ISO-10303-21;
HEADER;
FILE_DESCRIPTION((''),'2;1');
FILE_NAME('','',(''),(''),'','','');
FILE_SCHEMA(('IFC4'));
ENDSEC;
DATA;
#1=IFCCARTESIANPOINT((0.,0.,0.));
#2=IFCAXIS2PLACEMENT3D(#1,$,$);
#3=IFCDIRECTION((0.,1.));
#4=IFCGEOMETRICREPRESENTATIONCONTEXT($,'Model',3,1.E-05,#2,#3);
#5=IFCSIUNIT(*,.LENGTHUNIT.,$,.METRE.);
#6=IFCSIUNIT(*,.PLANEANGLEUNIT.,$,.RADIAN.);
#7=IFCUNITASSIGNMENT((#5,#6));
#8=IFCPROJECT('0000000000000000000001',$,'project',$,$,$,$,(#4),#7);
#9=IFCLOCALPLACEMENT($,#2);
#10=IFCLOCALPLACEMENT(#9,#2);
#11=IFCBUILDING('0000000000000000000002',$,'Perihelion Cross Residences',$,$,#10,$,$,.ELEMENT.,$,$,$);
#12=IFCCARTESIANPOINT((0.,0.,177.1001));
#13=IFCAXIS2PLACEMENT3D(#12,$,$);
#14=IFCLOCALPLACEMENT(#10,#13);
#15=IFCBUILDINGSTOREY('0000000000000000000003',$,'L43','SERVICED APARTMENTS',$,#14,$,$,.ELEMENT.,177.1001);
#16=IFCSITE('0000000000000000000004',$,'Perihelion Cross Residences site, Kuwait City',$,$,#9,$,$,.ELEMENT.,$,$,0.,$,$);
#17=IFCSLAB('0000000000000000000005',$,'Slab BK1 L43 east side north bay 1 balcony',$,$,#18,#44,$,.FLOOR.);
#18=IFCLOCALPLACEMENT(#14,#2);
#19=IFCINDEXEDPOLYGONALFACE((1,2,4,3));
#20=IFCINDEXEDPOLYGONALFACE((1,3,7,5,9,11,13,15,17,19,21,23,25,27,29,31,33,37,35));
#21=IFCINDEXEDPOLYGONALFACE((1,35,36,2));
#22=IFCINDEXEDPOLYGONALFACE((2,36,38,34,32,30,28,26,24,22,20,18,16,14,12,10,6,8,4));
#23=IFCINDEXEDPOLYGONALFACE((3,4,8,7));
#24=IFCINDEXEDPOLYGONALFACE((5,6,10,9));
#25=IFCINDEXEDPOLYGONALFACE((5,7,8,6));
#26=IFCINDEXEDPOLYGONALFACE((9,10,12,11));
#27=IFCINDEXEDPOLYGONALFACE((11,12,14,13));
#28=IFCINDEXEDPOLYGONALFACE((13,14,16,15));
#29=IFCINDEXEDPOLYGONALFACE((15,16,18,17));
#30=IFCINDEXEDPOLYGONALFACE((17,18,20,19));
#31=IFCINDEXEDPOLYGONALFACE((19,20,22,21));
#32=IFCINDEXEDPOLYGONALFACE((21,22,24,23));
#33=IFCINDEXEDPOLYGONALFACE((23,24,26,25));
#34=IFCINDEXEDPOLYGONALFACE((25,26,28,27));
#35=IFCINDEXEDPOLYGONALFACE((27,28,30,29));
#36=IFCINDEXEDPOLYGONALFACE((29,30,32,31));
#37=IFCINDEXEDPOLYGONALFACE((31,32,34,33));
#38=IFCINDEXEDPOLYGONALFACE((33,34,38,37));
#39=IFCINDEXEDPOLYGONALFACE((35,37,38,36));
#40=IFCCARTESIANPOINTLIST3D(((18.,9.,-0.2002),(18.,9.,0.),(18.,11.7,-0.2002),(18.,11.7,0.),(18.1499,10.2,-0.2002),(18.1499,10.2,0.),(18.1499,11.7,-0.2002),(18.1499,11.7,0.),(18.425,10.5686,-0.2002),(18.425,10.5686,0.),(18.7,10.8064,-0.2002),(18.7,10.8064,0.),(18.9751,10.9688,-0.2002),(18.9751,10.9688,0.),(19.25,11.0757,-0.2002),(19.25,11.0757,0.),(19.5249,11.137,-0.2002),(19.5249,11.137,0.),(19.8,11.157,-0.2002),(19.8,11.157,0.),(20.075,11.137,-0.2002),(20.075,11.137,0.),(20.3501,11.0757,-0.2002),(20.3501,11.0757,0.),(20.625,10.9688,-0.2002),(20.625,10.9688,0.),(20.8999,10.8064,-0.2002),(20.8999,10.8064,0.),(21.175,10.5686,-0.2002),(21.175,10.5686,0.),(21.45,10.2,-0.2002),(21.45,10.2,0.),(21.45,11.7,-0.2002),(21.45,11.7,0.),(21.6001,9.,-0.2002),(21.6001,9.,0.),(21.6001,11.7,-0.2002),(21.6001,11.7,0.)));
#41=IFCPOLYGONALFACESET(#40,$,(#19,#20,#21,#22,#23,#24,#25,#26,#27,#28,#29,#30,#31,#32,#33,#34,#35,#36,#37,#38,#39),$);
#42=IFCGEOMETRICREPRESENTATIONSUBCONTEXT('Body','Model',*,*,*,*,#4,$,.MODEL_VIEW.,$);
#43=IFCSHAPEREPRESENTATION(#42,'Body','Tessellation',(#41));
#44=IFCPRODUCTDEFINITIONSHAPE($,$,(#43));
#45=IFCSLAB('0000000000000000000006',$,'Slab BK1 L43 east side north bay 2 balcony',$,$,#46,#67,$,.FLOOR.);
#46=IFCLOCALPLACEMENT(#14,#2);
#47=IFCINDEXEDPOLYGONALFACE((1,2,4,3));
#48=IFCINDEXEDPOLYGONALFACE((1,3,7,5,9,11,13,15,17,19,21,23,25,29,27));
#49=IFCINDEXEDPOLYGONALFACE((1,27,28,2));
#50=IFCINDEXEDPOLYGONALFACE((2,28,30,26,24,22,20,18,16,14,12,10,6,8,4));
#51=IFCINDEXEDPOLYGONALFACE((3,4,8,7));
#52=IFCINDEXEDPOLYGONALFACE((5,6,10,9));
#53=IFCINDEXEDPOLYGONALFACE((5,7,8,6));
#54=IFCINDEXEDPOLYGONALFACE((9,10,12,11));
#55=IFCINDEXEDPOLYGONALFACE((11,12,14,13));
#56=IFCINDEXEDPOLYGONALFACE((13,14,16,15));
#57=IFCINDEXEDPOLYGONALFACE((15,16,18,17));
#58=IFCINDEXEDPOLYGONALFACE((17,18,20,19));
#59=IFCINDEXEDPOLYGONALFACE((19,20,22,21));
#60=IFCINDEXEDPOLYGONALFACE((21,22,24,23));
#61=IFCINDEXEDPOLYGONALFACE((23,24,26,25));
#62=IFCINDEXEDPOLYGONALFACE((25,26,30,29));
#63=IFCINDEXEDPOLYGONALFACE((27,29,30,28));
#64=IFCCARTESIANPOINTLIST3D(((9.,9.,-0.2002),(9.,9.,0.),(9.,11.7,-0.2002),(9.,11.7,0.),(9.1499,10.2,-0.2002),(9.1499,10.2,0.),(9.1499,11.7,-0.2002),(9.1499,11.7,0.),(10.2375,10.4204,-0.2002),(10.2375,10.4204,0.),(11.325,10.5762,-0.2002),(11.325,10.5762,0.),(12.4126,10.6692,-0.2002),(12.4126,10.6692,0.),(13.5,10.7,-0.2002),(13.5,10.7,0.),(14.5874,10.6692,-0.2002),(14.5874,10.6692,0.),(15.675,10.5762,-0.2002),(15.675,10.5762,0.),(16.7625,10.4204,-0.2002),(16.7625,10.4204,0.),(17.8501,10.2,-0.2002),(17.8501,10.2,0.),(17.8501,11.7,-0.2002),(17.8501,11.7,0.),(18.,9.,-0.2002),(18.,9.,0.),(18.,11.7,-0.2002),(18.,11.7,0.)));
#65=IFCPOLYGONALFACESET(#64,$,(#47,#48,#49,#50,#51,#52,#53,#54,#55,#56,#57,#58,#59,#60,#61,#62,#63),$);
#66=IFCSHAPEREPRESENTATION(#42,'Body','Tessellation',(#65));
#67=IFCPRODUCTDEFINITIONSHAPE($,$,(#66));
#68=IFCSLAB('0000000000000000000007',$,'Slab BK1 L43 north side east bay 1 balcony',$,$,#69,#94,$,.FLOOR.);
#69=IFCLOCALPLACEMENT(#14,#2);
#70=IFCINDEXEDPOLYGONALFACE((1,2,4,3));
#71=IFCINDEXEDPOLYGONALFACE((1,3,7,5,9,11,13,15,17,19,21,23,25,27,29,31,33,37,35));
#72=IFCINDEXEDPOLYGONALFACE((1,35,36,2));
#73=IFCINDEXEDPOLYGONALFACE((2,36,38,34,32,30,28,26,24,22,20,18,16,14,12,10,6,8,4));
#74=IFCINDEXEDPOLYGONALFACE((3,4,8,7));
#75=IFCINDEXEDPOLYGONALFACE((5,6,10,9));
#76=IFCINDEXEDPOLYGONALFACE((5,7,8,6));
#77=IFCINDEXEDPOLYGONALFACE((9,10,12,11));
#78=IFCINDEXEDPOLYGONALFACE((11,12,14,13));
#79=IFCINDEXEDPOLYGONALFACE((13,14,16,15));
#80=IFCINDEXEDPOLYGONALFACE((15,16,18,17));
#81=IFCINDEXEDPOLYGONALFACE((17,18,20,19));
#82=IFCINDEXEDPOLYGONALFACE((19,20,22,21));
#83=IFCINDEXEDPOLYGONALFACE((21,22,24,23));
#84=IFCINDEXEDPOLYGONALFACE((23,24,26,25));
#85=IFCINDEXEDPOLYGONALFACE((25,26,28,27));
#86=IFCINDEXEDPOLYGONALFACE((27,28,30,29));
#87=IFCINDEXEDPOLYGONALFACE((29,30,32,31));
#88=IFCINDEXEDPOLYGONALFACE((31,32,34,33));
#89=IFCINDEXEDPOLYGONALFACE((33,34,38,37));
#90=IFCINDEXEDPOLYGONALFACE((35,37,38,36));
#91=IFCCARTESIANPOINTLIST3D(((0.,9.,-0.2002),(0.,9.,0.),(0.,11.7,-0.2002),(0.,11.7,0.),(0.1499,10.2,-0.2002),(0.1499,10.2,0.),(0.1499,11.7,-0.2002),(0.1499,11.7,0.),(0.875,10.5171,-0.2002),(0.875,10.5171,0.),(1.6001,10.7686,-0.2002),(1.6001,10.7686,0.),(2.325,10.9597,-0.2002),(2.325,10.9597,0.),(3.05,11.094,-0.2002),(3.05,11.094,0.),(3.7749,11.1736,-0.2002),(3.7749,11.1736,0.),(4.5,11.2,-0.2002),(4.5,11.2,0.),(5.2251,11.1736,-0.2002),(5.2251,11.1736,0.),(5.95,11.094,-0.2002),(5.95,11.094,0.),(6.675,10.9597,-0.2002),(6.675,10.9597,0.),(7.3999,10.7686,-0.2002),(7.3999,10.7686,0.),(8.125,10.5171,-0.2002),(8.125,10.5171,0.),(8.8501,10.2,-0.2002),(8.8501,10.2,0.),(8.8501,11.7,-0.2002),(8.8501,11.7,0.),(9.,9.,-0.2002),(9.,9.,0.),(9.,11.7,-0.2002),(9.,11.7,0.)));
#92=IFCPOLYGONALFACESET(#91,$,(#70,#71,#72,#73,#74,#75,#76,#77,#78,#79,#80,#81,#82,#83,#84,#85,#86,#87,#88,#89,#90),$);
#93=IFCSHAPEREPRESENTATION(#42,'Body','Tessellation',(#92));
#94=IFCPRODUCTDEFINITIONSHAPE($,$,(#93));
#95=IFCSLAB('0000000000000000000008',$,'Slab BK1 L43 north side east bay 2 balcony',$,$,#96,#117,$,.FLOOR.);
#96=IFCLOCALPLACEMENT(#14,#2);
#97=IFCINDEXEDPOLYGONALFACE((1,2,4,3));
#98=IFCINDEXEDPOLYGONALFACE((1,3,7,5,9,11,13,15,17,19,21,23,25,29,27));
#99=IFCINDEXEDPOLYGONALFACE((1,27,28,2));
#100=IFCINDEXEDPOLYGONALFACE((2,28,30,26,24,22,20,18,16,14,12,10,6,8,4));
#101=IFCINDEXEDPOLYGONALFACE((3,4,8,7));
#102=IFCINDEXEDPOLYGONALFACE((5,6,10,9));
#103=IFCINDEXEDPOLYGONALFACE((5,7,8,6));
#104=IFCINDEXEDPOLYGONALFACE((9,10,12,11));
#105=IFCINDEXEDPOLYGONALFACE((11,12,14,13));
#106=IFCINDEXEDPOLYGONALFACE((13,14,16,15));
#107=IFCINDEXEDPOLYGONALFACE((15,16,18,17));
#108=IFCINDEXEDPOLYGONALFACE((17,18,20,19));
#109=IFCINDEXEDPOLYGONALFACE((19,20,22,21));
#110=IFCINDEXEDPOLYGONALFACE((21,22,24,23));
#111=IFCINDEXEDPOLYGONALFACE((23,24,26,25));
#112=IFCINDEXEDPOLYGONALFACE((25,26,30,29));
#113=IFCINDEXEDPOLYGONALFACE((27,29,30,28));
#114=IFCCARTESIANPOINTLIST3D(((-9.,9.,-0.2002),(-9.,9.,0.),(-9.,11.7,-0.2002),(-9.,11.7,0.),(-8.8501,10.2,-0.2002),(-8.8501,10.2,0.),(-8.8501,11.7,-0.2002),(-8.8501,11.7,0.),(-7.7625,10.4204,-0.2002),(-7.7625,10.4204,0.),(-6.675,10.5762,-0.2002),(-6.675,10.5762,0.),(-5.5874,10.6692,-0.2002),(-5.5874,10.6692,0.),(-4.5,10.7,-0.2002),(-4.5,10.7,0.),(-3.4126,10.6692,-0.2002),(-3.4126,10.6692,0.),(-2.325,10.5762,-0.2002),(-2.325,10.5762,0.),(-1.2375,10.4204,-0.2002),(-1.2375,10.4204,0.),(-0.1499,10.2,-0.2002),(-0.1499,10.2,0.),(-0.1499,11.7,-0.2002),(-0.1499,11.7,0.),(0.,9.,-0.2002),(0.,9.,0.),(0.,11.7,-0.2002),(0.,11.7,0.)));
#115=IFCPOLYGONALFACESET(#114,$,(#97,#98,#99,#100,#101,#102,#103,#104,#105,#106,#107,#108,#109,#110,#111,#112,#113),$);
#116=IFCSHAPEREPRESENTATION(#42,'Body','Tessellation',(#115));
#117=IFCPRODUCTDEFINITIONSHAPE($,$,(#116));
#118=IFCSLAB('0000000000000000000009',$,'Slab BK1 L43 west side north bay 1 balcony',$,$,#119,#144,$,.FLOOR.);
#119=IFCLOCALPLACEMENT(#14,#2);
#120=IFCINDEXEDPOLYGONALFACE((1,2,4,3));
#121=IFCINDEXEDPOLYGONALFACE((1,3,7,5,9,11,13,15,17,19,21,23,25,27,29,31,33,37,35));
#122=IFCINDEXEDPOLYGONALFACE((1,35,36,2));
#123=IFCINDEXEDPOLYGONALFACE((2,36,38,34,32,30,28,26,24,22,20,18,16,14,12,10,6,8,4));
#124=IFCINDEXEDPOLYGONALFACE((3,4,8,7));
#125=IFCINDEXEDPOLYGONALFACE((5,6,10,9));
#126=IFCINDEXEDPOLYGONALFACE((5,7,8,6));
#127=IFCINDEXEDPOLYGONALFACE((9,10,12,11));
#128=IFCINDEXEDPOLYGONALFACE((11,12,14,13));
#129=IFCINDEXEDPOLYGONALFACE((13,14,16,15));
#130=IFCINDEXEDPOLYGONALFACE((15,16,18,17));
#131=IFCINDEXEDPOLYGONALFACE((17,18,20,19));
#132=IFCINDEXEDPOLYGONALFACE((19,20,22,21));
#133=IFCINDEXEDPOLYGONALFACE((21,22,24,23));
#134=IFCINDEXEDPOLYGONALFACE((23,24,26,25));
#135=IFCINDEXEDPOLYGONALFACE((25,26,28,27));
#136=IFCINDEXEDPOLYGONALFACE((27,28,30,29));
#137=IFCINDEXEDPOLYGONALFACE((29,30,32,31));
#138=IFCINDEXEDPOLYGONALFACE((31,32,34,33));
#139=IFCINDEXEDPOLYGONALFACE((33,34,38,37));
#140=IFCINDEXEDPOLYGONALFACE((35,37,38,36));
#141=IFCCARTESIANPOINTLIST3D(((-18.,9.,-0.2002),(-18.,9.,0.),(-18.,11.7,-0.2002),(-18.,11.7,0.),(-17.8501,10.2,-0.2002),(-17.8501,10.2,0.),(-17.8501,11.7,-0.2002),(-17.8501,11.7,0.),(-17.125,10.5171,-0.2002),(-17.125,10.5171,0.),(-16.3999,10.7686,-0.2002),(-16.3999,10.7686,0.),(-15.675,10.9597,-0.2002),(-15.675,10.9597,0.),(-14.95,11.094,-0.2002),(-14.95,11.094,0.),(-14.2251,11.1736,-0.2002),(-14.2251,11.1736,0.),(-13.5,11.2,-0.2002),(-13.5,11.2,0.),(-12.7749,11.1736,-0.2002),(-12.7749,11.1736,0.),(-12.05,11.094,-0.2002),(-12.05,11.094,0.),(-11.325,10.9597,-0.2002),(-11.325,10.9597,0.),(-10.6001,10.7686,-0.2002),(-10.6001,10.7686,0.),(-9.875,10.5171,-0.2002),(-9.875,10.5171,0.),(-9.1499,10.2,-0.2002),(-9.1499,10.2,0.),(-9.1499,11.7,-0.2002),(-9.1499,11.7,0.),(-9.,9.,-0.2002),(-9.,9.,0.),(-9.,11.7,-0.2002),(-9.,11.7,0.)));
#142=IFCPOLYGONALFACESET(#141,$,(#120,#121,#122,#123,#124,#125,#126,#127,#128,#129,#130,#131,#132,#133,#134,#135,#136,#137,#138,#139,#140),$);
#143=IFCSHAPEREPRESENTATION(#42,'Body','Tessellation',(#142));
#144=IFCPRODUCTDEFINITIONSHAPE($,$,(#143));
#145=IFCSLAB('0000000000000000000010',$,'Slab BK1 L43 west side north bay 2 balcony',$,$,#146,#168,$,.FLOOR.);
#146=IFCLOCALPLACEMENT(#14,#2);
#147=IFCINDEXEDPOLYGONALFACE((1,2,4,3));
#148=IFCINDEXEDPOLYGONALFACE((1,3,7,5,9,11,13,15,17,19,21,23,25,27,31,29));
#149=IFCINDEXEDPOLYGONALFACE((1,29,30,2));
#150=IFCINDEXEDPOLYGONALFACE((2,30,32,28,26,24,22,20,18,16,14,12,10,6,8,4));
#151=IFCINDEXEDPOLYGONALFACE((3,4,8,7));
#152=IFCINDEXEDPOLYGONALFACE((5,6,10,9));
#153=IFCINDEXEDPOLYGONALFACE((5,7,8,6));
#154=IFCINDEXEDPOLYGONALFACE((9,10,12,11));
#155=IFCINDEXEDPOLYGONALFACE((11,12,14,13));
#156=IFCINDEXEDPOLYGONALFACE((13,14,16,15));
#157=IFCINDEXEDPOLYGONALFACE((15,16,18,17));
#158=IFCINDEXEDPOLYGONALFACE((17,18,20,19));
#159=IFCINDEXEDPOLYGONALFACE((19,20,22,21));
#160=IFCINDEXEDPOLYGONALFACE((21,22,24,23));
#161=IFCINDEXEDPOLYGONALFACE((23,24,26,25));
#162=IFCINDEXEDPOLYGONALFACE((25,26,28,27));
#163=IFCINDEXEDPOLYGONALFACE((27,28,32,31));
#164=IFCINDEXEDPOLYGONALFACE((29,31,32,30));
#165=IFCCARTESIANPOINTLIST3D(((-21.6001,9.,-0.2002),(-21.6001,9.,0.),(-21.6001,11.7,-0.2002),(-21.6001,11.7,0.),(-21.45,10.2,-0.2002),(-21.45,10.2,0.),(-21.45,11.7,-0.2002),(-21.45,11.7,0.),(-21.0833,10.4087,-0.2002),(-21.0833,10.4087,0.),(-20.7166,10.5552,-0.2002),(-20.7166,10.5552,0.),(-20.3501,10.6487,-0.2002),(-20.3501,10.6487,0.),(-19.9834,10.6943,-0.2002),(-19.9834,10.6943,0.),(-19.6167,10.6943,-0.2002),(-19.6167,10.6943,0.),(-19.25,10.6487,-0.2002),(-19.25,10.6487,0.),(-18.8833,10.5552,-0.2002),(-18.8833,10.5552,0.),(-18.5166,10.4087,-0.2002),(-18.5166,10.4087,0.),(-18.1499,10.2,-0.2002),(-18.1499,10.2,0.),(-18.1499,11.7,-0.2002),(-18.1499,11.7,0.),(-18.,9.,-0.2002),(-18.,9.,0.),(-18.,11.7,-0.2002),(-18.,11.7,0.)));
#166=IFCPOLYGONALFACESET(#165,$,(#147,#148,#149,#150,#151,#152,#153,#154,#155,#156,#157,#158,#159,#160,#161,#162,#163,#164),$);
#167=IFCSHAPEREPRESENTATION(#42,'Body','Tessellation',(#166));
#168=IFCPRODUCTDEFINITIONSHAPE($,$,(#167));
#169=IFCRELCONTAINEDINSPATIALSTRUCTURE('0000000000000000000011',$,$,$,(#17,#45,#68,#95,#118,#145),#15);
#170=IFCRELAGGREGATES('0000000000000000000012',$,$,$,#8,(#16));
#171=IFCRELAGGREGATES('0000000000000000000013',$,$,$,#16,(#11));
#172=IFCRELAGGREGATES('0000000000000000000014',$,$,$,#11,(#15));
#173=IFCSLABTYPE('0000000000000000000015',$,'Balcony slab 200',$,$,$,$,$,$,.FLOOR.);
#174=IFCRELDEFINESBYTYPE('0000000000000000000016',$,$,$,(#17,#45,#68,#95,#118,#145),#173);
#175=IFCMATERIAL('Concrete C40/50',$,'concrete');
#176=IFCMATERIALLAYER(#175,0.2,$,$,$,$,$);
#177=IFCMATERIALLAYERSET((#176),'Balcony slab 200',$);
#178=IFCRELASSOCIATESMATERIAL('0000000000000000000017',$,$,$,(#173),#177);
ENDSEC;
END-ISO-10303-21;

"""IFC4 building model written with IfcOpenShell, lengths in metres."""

from ifc_helpers import new_model, si_unit, direction, frame, origin, place, context, subcontext, project, spatial, polyline, outline, extrude, material, layer, layer_set, type_object, element, save


model = new_model("IFC4")

# Units and contexts
model_context = context("Model", 3, precision=1e-05, world=origin(), true_north=direction((0.0, 1.0)))
body_context = subcontext(model_context, "Body", "Model", "MODEL_VIEW")
ifc_project = project(units=[si_unit("LENGTHUNIT", "METRE"), si_unit("PLANEANGLEUNIT", "RADIAN")], contexts=[model_context])

# Site, building, storey
site_placement = place(None, origin())
site = spatial("IfcSite", under=ifc_project, at=site_placement, Name="Perihelion Cross Residences site, Kuwait City", CompositionType="ELEMENT", RefElevation=0.0)
building_placement = place(site_placement, origin())
building = spatial("IfcBuilding", under=site, at=building_placement, Name="Perihelion Cross Residences", CompositionType="ELEMENT")
storey_placement = place(building_placement, frame((0.0, 0.0, 177.1001)))
storey = spatial("IfcBuildingStorey", under=building, at=storey_placement, Name="L43", Description="SERVICED APARTMENTS", CompositionType="ELEMENT", Elevation=177.1001)

# Slabs
ifc_material_1 = material(Name="Concrete C40/50", Category="concrete")
ifc_layer_1 = layer(ifc_material_1, 0.2)
ifc_layer_set_1 = layer_set([ifc_layer_1], Name="Balcony slab 200")
slab_type_1 = type_object("IfcSlabType", Name="Balcony slab 200", PredefinedType="FLOOR", material=ifc_layer_set_1)
slab_1_placement = place(storey_placement, frame((0.0, 0.0, -0.2002)))
element("IfcSlab", 1, at=slab_1_placement, inside=storey, type_object=slab_type_1, Name="Slab BK1 L43 east side north bay 1 balcony", PredefinedType="FLOOR", context=body_context, shape_type="SweptSolid", body=[
    extrude(outline(polyline([(21.6001, 9.0), (18.0, 9.0), (18.0, 11.7), (18.1499, 11.7), (18.1499, 10.2), (18.425, 10.5686), (18.7, 10.8064), (18.9751, 10.9688), (19.25, 11.0757), (19.5249, 11.137), (19.8, 11.157), (20.075, 11.137), (20.3501, 11.0757), (20.625, 10.9688), (20.8999, 10.8064), (21.175, 10.5686), (21.45, 10.2), (21.45, 11.7), (21.6001, 11.7), (21.6001, 9.0)])), origin(), (0.0, 0.0, 1.0), 0.2002),
])
slab_2_placement = place(storey_placement, frame((0.0, 0.0, -0.2002)))
element("IfcSlab", 2, at=slab_2_placement, inside=storey, type_object=slab_type_1, Name="Slab BK1 L43 east side north bay 2 balcony", PredefinedType="FLOOR", context=body_context, shape_type="SweptSolid", body=[
    extrude(outline(polyline([(18.0, 9.0), (9.0, 9.0), (9.0, 11.7), (9.1499, 11.7), (9.1499, 10.2), (10.2375, 10.4204), (11.325, 10.5762), (12.4126, 10.6692), (13.5, 10.7), (14.5874, 10.6692), (15.675, 10.5762), (16.7625, 10.4204), (17.8501, 10.2), (17.8501, 11.7), (18.0, 11.7), (18.0, 9.0)])), origin(), (0.0, 0.0, 1.0), 0.2002),
])
slab_3_placement = place(storey_placement, frame((0.0, 0.0, -0.2002)))
element("IfcSlab", 3, at=slab_3_placement, inside=storey, type_object=slab_type_1, Name="Slab BK1 L43 north side east bay 1 balcony", PredefinedType="FLOOR", context=body_context, shape_type="SweptSolid", body=[
    extrude(outline(polyline([(9.0, 9.0), (0.0, 9.0), (0.0, 11.7), (0.1499, 11.7), (0.1499, 10.2), (0.875, 10.5171), (1.6001, 10.7686), (2.325, 10.9597), (3.05, 11.094), (3.7749, 11.1736), (4.5, 11.2), (5.2251, 11.1736), (5.95, 11.094), (6.675, 10.9597), (7.3999, 10.7686), (8.125, 10.5171), (8.8501, 10.2), (8.8501, 11.7), (9.0, 11.7), (9.0, 9.0)])), origin(), (0.0, 0.0, 1.0), 0.2002),
])
slab_4_placement = place(storey_placement, frame((0.0, 0.0, -0.2002)))
element("IfcSlab", 4, at=slab_4_placement, inside=storey, type_object=slab_type_1, Name="Slab BK1 L43 north side east bay 2 balcony", PredefinedType="FLOOR", context=body_context, shape_type="SweptSolid", body=[
    extrude(outline(polyline([(0.0, 9.0), (-9.0, 9.0), (-9.0, 11.7), (-8.8501, 11.7), (-8.8501, 10.2), (-7.7625, 10.4204), (-6.675, 10.5762), (-5.5874, 10.6692), (-4.5, 10.7), (-3.4126, 10.6692), (-2.325, 10.5762), (-1.2375, 10.4204), (-0.1499, 10.2), (-0.1499, 11.7), (0.0, 11.7), (0.0, 9.0)])), origin(), (0.0, 0.0, 1.0), 0.2002),
])
slab_5_placement = place(storey_placement, frame((0.0, 0.0, -0.2002)))
element("IfcSlab", 5, at=slab_5_placement, inside=storey, type_object=slab_type_1, Name="Slab BK1 L43 west side north bay 1 balcony", PredefinedType="FLOOR", context=body_context, shape_type="SweptSolid", body=[
    extrude(outline(polyline([(-9.0, 9.0), (-18.0, 9.0), (-18.0, 11.7), (-17.8501, 11.7), (-17.8501, 10.2), (-17.125, 10.5171), (-16.3999, 10.7686), (-15.675, 10.9597), (-14.95, 11.094), (-14.2251, 11.1736), (-13.5, 11.2), (-12.7749, 11.1736), (-12.05, 11.094), (-11.325, 10.9597), (-10.6001, 10.7686), (-9.875, 10.5171), (-9.1499, 10.2), (-9.1499, 11.7), (-9.0, 11.7), (-9.0, 9.0)])), origin(), (0.0, 0.0, 1.0), 0.2002),
])
slab_6_placement = place(storey_placement, frame((0.0, 0.0, -0.2002)))
element("IfcSlab", 6, at=slab_6_placement, inside=storey, type_object=slab_type_1, Name="Slab BK1 L43 west side north bay 2 balcony", PredefinedType="FLOOR", context=body_context, shape_type="SweptSolid", body=[
    extrude(outline(polyline([(-18.0, 9.0), (-21.6001, 9.0), (-21.6001, 11.7), (-21.45, 11.7), (-21.45, 10.2), (-21.0833, 10.4087), (-20.7166, 10.5552), (-20.3501, 10.6487), (-19.9834, 10.6943), (-19.6167, 10.6943), (-19.25, 10.6487), (-18.8833, 10.5552), (-18.5166, 10.4087), (-18.1499, 10.2), (-18.1499, 11.7), (-18.0, 11.7), (-18.0, 9.0)])), origin(), (0.0, 0.0, 1.0), 0.2002),
])

save(model, "model.ifc")
